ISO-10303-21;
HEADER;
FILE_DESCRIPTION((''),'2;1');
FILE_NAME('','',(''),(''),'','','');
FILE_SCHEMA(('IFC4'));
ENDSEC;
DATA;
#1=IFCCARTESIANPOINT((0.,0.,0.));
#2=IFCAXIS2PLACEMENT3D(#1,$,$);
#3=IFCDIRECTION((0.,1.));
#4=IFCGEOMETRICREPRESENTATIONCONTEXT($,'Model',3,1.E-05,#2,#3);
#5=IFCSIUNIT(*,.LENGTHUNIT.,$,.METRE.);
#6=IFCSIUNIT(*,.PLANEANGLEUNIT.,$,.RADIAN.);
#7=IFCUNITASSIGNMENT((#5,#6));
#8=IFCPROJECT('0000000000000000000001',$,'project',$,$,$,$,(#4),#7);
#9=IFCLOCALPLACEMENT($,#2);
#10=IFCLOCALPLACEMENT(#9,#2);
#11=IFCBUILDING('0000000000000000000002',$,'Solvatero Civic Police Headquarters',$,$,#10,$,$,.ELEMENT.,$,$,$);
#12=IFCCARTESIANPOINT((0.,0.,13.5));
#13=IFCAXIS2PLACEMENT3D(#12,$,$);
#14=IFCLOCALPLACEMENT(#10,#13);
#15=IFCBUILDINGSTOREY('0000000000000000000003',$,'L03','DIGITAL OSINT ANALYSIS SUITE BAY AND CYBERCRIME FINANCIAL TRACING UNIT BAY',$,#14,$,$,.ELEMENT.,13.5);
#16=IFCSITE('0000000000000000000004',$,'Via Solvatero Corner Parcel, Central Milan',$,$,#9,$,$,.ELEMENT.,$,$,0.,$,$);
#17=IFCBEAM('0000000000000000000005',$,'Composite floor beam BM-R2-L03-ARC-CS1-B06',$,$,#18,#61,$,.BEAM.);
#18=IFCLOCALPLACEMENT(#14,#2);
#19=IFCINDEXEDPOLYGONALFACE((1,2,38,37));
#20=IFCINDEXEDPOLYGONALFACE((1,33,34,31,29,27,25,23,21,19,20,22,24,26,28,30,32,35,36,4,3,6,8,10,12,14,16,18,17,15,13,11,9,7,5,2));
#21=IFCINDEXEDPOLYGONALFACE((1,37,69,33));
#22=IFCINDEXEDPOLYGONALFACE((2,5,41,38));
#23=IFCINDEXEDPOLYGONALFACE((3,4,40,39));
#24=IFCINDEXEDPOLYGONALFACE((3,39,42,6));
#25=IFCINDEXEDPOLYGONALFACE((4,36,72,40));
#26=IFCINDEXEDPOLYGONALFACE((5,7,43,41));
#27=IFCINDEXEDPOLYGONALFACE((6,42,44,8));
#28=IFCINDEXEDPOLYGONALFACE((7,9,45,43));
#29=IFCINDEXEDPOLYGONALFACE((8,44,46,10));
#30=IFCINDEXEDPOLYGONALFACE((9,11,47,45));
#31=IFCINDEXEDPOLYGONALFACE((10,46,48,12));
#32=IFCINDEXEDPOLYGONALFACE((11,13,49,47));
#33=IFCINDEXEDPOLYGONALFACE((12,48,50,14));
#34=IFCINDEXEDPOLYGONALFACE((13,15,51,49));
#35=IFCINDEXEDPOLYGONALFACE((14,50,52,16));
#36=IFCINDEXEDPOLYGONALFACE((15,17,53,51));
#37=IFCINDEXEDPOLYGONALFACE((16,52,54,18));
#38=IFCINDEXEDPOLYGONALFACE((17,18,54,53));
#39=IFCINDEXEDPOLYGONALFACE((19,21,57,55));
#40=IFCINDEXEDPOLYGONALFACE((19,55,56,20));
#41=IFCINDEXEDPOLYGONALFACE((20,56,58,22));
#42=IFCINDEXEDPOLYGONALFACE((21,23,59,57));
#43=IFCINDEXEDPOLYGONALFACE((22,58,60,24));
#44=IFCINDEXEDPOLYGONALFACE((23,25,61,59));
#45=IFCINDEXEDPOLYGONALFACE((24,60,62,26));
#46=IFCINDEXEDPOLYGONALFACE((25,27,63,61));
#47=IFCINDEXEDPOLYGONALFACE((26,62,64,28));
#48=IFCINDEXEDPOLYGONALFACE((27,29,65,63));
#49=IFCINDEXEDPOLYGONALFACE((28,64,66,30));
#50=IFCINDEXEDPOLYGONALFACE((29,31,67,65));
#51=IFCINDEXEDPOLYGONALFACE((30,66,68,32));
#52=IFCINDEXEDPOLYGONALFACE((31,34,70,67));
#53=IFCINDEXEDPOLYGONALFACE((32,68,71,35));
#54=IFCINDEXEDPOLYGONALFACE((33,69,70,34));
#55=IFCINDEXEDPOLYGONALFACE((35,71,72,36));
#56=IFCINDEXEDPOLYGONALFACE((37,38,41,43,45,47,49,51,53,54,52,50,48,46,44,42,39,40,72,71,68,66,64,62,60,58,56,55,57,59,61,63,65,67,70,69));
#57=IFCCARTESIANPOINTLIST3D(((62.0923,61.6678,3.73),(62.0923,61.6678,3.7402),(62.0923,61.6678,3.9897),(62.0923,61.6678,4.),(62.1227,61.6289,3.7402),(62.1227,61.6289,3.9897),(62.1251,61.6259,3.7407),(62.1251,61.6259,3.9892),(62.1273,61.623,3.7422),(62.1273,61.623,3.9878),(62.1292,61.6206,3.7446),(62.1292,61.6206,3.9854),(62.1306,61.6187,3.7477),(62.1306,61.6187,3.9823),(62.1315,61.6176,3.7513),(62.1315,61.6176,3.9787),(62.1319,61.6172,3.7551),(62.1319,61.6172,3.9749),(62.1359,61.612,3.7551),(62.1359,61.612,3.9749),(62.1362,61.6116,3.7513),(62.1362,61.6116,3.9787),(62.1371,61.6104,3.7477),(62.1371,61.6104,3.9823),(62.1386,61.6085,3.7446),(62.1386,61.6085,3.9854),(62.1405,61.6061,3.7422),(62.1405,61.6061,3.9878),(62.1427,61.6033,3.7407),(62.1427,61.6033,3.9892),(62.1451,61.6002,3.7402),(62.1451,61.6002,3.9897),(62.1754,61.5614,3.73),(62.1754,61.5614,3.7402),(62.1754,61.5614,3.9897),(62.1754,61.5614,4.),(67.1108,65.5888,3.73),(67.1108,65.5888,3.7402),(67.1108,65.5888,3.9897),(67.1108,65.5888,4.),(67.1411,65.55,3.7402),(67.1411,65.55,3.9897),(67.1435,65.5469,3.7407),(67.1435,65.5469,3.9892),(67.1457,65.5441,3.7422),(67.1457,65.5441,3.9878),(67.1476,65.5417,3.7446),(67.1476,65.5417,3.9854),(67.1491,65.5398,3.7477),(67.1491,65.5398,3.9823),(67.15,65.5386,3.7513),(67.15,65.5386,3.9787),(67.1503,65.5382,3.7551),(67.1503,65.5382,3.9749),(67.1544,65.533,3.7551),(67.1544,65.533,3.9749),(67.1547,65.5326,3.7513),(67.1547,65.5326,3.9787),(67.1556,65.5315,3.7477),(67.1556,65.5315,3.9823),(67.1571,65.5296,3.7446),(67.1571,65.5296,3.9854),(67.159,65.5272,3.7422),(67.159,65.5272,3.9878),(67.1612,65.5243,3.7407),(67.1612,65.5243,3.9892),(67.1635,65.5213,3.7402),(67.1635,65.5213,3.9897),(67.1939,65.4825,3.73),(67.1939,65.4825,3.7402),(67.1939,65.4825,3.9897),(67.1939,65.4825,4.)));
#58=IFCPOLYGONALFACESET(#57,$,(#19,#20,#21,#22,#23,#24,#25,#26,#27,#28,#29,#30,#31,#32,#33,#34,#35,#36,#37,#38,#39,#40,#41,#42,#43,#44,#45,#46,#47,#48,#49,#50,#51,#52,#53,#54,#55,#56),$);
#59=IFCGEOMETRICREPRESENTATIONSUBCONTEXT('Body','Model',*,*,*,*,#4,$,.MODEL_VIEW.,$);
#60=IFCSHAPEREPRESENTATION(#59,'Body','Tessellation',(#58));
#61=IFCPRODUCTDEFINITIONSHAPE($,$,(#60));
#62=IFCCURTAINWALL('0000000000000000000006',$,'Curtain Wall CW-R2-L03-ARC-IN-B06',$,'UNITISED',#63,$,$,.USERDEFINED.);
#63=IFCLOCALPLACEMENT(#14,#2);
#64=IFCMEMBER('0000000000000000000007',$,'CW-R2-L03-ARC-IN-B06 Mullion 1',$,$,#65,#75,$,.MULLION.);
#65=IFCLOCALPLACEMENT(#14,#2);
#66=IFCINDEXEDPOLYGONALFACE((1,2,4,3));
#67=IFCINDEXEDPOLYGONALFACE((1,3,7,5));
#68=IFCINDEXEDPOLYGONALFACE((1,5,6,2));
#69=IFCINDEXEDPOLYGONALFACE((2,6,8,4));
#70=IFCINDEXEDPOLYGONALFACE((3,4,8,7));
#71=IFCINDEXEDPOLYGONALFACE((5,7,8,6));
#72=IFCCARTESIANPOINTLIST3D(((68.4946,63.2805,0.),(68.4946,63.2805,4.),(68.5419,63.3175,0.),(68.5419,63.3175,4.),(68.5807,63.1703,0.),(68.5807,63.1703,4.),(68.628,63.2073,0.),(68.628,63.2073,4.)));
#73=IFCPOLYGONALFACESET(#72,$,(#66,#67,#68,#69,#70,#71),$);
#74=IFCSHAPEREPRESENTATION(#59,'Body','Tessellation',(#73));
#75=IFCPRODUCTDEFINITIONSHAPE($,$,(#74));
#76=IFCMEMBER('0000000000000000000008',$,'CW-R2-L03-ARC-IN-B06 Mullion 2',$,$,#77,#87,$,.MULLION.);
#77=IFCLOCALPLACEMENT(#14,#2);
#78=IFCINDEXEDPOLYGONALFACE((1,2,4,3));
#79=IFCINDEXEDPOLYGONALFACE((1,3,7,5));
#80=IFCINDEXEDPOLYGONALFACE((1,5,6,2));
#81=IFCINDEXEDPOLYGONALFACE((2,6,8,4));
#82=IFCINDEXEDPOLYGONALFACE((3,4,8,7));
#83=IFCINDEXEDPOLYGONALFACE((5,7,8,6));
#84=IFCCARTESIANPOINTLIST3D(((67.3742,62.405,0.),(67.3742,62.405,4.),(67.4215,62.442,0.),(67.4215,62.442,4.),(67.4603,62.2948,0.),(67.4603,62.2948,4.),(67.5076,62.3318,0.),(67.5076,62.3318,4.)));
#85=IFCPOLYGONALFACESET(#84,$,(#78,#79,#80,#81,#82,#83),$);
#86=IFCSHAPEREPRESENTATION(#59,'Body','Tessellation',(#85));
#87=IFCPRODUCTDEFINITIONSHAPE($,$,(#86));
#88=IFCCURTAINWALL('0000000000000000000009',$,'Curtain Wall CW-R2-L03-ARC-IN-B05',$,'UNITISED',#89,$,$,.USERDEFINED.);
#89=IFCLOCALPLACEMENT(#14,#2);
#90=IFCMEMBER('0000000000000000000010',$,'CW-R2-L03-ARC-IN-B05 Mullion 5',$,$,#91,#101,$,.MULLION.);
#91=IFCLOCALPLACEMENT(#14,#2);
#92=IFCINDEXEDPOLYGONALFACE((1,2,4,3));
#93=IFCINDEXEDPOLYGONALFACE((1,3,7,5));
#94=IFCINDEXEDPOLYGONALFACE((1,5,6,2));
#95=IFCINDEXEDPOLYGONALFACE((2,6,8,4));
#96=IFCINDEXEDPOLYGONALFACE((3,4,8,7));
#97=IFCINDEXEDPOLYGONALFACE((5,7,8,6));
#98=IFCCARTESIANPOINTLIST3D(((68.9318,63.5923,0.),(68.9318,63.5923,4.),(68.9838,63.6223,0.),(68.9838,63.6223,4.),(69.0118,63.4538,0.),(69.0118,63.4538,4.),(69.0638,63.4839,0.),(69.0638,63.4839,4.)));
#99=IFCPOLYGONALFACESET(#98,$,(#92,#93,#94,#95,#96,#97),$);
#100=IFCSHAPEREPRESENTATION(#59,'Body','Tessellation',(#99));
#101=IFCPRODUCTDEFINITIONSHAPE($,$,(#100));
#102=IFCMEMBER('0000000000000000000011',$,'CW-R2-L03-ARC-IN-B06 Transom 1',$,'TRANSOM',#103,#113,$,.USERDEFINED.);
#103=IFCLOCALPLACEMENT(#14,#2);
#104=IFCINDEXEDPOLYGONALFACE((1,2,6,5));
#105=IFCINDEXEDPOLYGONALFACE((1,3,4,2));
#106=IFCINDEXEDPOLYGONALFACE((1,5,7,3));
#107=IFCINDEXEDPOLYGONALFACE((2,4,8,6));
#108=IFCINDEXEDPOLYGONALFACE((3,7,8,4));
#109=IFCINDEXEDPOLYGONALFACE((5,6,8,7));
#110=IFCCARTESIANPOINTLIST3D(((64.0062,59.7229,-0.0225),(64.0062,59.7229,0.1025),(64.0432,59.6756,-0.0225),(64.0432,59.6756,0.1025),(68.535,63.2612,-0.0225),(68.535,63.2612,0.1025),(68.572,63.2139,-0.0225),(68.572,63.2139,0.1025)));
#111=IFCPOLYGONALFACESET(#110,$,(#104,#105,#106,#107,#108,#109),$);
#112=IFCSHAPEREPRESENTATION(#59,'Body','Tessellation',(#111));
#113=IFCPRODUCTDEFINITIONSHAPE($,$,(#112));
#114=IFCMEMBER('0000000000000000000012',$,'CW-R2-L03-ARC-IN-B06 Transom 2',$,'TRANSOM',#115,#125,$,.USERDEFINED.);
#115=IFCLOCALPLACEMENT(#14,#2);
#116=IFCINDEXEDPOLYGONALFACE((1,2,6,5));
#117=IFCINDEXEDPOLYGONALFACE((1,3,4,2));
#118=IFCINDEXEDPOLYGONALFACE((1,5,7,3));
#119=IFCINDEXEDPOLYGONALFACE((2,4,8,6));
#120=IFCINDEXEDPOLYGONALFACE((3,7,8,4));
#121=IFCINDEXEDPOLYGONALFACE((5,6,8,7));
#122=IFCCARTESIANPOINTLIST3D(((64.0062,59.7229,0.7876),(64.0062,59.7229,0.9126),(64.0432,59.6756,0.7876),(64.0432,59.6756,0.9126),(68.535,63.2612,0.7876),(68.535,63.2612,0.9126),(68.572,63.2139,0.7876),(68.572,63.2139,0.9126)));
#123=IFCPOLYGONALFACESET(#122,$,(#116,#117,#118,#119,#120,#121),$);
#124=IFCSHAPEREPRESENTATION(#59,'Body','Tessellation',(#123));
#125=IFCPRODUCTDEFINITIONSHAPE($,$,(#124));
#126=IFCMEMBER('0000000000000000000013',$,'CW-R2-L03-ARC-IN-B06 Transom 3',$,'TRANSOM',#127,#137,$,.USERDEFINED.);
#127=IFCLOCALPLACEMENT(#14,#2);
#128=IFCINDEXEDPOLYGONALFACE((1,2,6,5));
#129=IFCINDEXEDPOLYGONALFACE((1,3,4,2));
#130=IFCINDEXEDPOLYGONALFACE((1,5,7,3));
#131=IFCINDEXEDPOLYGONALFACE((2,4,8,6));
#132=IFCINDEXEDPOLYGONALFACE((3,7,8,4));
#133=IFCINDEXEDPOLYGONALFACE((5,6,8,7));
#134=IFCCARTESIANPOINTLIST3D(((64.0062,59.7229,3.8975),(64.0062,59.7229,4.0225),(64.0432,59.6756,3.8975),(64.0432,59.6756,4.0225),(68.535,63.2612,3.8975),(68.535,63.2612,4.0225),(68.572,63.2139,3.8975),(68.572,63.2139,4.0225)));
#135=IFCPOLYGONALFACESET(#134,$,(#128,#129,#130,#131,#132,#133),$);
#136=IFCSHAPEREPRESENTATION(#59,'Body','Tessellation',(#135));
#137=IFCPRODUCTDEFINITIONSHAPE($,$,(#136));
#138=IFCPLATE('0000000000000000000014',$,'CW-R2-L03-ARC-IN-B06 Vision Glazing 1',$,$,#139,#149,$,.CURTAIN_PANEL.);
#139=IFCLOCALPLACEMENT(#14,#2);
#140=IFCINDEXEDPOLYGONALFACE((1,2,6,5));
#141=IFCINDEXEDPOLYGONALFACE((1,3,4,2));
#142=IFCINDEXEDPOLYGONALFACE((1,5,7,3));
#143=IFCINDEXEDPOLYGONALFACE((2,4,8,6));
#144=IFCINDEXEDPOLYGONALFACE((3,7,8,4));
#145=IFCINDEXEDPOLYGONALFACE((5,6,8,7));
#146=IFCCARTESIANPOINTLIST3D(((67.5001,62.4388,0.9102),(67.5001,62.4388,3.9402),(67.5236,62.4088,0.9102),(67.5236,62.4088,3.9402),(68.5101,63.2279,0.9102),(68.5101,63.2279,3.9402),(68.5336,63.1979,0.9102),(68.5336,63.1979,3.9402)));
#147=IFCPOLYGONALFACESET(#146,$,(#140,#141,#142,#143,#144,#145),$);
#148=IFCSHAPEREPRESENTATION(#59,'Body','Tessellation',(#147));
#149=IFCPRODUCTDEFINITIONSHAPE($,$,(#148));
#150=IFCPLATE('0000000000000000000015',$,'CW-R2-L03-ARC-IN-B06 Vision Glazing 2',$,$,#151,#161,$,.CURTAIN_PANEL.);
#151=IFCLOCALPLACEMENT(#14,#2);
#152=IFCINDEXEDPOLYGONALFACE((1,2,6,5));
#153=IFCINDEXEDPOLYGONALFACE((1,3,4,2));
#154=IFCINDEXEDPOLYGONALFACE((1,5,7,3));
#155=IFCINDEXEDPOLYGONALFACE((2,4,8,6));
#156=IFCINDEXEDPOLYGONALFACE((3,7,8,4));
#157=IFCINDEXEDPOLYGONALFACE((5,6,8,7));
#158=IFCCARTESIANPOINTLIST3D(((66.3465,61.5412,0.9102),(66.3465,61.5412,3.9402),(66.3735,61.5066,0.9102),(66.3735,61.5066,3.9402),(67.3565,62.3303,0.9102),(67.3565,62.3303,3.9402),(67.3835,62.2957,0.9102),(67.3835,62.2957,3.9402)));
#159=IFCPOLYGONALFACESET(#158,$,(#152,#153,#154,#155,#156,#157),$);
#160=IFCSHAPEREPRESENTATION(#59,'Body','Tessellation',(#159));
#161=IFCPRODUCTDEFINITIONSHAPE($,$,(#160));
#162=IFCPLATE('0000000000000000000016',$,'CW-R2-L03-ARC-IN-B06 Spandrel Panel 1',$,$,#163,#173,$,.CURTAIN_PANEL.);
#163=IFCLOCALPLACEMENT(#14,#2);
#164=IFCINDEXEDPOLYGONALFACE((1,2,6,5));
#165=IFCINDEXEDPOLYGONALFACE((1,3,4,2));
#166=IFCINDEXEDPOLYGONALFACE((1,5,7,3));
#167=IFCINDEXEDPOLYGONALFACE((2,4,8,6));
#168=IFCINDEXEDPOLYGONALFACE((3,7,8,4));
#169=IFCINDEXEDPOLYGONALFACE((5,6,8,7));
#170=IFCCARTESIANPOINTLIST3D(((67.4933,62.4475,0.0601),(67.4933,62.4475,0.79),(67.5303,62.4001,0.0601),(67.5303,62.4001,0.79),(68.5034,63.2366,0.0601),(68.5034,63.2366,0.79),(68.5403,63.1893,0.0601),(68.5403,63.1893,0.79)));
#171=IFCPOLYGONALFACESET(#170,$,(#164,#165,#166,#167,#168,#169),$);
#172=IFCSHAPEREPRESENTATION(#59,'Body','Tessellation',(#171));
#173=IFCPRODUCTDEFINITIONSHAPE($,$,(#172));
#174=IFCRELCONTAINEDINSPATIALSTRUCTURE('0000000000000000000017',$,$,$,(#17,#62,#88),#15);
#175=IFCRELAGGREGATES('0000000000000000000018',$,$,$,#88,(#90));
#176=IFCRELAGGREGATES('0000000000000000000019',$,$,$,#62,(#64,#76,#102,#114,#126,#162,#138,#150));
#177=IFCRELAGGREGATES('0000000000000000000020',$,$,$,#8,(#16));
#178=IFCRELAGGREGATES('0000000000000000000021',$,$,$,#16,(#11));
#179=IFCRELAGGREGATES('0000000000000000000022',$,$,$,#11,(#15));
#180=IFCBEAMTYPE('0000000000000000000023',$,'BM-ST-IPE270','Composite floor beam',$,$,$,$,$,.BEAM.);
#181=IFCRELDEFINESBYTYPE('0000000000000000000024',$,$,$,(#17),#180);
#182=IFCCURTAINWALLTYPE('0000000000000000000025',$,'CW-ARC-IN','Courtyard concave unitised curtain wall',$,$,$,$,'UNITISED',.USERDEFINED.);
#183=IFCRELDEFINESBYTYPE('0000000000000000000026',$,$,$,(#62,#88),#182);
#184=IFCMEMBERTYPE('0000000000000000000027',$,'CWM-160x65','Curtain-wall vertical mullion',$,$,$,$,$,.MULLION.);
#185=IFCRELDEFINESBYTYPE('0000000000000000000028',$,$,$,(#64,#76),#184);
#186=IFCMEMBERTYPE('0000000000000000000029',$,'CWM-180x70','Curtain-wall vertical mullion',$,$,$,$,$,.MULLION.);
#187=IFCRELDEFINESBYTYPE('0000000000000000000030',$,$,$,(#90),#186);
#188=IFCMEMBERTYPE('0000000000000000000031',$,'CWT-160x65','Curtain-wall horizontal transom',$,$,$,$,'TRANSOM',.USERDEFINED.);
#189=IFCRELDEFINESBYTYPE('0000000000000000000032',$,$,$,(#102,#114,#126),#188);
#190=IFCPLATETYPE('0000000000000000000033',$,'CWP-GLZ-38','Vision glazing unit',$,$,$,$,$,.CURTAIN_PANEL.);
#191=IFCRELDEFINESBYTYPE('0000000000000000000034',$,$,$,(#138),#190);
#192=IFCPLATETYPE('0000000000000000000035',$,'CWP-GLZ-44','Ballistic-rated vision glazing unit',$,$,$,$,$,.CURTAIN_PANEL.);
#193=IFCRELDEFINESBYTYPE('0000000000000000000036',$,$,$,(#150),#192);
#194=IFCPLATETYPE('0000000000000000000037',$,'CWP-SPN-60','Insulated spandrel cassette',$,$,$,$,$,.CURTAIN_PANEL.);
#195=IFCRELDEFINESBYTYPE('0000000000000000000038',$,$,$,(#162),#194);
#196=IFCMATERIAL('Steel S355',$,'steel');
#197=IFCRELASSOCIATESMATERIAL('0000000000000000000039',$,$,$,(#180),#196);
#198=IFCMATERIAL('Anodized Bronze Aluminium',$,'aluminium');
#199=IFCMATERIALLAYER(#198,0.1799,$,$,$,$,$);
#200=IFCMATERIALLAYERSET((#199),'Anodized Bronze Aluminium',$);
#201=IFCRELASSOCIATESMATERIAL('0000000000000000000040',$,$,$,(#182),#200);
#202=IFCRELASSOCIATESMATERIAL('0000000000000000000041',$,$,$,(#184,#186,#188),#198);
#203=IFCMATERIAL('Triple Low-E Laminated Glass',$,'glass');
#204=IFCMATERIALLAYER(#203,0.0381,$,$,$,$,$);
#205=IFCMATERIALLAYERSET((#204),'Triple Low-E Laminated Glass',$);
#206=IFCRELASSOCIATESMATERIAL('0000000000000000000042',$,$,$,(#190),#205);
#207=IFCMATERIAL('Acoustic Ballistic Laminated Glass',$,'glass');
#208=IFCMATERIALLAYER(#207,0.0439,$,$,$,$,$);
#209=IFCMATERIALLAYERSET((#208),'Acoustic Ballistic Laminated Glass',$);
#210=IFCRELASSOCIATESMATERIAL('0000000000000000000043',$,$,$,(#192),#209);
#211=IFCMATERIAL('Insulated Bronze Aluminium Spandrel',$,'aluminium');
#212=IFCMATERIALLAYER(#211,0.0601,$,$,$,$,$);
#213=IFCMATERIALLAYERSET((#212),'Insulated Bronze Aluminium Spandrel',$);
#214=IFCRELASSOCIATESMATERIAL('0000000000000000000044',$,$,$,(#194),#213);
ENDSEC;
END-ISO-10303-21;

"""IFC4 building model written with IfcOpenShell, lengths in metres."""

from ifc_helpers import new_model, si_unit, direction, frame, origin, origin_2d, place, context, subcontext, project, spatial, rectangle, i_section, extrude, material, layer, layer_set, material_profile, profile_set, type_object, element, aggregate, save


model = new_model("IFC4")

# Units and contexts
model_context = context("Model", 3, precision=1e-05, world=origin(), true_north=direction((0.0, 1.0)))
body_context = subcontext(model_context, "Body", "Model", "MODEL_VIEW")
ifc_project = project(units=[si_unit("LENGTHUNIT", "METRE"), si_unit("PLANEANGLEUNIT", "RADIAN")], contexts=[model_context])

# Site, building, storey
site_placement = place(None, origin())
site = spatial("IfcSite", under=ifc_project, at=site_placement, Name="Via Solvatero Corner Parcel, Central Milan", CompositionType="ELEMENT", RefElevation=0.0)
building_placement = place(site_placement, origin())
building = spatial("IfcBuilding", under=site, at=building_placement, Name="Solvatero Civic Police Headquarters", CompositionType="ELEMENT")
storey_placement = place(building_placement, frame((0.0, 0.0, 13.5)))
storey = spatial("IfcBuildingStorey", under=building, at=storey_placement, Name="L03", Description="DIGITAL OSINT ANALYSIS SUITE BAY AND CYBERCRIME FINANCIAL TRACING UNIT BAY", CompositionType="ELEMENT", Elevation=13.5)

# Shared definitions
ifc_material_1 = material(Name="Steel S355", Category="steel")

# Beam
ifc_material_profile_1 = material_profile(ifc_material_1, i_section(OverallWidth=0.135, OverallDepth=0.27, WebThickness=0.0066, FlangeThickness=0.0103, FilletRadius=0.0149, at=origin_2d()), Name="IPE 270")
ifc_profile_set_1 = profile_set([ifc_material_profile_1], Name="Steel S355")
beam_type_1 = type_object("IfcBeamType", Name="BM-ST-IPE270", Description="Composite floor beam", PredefinedType="BEAM", material=ifc_profile_set_1)
beam_1_placement = place(storey_placement, frame((67.1523, 65.5356, 3.865), z_axis=(-0.787994, -0.615683, 0.0), x_axis=(0.615683, -0.787994, 0.0)))
element("IfcBeam", 1, at=beam_1_placement, inside=storey, type_object=beam_type_1, Name="Composite floor beam BM-R2-L03-ARC-CS1-B06", PredefinedType="BEAM", context=body_context, shape_type="SweptSolid", body=[
    extrude(i_section(OverallWidth=0.135, OverallDepth=0.27, WebThickness=0.0066, FlangeThickness=0.0103, FilletRadius=0.0149, at=origin_2d()), origin(), (0.0, 0.0, 1.0), 6.3687),
])

# Curtain wall, members
ifc_material_2 = material(Name="Anodized Bronze Aluminium", Category="aluminium")
ifc_layer_1 = layer(ifc_material_2, 0.1799)
ifc_layer_set_1 = layer_set([ifc_layer_1], Name="Anodized Bronze Aluminium")
curtain_wall_type = type_object("IfcCurtainWallType", Name="CW-ARC-IN", Description="Courtyard concave unitised curtain wall", ElementType="UNITISED", PredefinedType="USERDEFINED", material=ifc_layer_set_1)
curtain_wall_1_placement = place(storey_placement, origin())
curtain_wall_1 = element("IfcCurtainWall", 2, at=curtain_wall_1_placement, inside=storey, type_object=curtain_wall_type, Name="Curtain Wall CW-R2-L03-ARC-IN-B06", ObjectType="UNITISED", PredefinedType="USERDEFINED")
ifc_material_profile_2 = material_profile(ifc_material_2, rectangle(XDim=0.0601, YDim=0.1399, at=origin_2d()), Name="ALU MULLION 60x140")
ifc_profile_set_2 = profile_set([ifc_material_profile_2], Name="Anodized Bronze Aluminium")
member_type_1 = type_object("IfcMemberType", Name="CWM-160x65", Description="Curtain-wall vertical mullion", PredefinedType="MULLION", material=ifc_profile_set_2)
member_1_placement = place(storey_placement, frame((68.5613, 63.2439, 0.0), z_axis=(0.0, 0.0, 1.0), x_axis=(-0.788011, -0.615661, 0.0)))
member_1 = element("IfcMember", 3, at=member_1_placement, type_object=member_type_1, Name="CW-R2-L03-ARC-IN-B06 Mullion 1", PredefinedType="MULLION", context=body_context, shape_type="SweptSolid", body=[
    extrude(rectangle(XDim=0.0601, YDim=0.1399, at=origin_2d()), origin(), (0.0, 0.0, 1.0), 4.0),
])
member_2_placement = place(storey_placement, frame((67.4409, 62.3684, 0.0), z_axis=(0.0, 0.0, 1.0), x_axis=(-0.788011, -0.615661, 0.0)))
member_2 = element("IfcMember", 4, at=member_2_placement, type_object=member_type_1, Name="CW-R2-L03-ARC-IN-B06 Mullion 2", PredefinedType="MULLION", context=body_context, shape_type="SweptSolid", body=[
    extrude(rectangle(XDim=0.0601, YDim=0.1399, at=origin_2d()), origin(), (0.0, 0.0, 1.0), 4.0),
])

# Curtain wall, member
curtain_wall_2_placement = place(storey_placement, origin())
curtain_wall_2 = element("IfcCurtainWall", 5, at=curtain_wall_2_placement, inside=storey, type_object=curtain_wall_type, Name="Curtain Wall CW-R2-L03-ARC-IN-B05", ObjectType="UNITISED", PredefinedType="USERDEFINED")
ifc_material_profile_3 = material_profile(ifc_material_2, rectangle(XDim=0.0601, YDim=0.1599, at=origin_2d()), Name="ALU MULLION 60x160")
ifc_profile_set_3 = profile_set([ifc_material_profile_3], Name="Anodized Bronze Aluminium")
member_type_2 = type_object("IfcMemberType", Name="CWM-180x70", Description="Curtain-wall vertical mullion", PredefinedType="MULLION", material=ifc_profile_set_3)
member_3_placement = place(storey_placement, frame((68.9978, 63.5381, 0.0), z_axis=(0.0, 0.0, 1.0), x_axis=(-0.866025, -0.5, 0.0)))
member_3 = element("IfcMember", 6, at=member_3_placement, type_object=member_type_2, Name="CW-R2-L03-ARC-IN-B05 Mullion 5", PredefinedType="MULLION", context=body_context, shape_type="SweptSolid", body=[
    extrude(rectangle(XDim=0.0601, YDim=0.1599, at=origin_2d()), origin(), (0.0, 0.0, 1.0), 4.0),
])

# Members
ifc_material_profile_4 = material_profile(ifc_material_2, rectangle(XDim=0.0601, YDim=0.125, at=origin_2d()), Name="ALU TRANSOM 60x125")
ifc_profile_set_4 = profile_set([ifc_material_profile_4], Name="Anodized Bronze Aluminium")
member_type_3 = type_object("IfcMemberType", Name="CWT-160x65", Description="Curtain-wall horizontal transom", ElementType="TRANSOM", PredefinedType="USERDEFINED", material=ifc_profile_set_4)
member_4_placement = place(storey_placement, frame((68.5535, 63.2375, 0.04), z_axis=(-0.788008, -0.615665, 0.0), x_axis=(0.615665, -0.788008, 0.0)))
member_4 = element("IfcMember", 7, at=member_4_placement, type_object=member_type_3, Name="CW-R2-L03-ARC-IN-B06 Transom 1", ObjectType="TRANSOM", PredefinedType="USERDEFINED", context=body_context, shape_type="SweptSolid", body=[
    extrude(rectangle(XDim=0.0601, YDim=0.125, at=origin_2d()), origin(), (0.0, 0.0, 1.0), 5.7471),
])
member_5_placement = place(storey_placement, frame((68.5535, 63.2375, 0.8501), z_axis=(-0.788008, -0.615665, 0.0), x_axis=(0.615665, -0.788008, 0.0)))
member_5 = element("IfcMember", 8, at=member_5_placement, type_object=member_type_3, Name="CW-R2-L03-ARC-IN-B06 Transom 2", ObjectType="TRANSOM", PredefinedType="USERDEFINED", context=body_context, shape_type="SweptSolid", body=[
    extrude(rectangle(XDim=0.0601, YDim=0.125, at=origin_2d()), origin(), (0.0, 0.0, 1.0), 5.7471),
])
member_6_placement = place(storey_placement, frame((68.5535, 63.2375, 3.96), z_axis=(-0.788008, -0.615665, 0.0), x_axis=(0.615665, -0.788008, 0.0)))
member_6 = element("IfcMember", 9, at=member_6_placement, type_object=member_type_3, Name="CW-R2-L03-ARC-IN-B06 Transom 3", ObjectType="TRANSOM", PredefinedType="USERDEFINED", context=body_context, shape_type="SweptSolid", body=[
    extrude(rectangle(XDim=0.0601, YDim=0.125, at=origin_2d()), origin(), (0.0, 0.0, 1.0), 5.7471),
])

# Plates
ifc_material_3 = material(Name="Triple Low-E Laminated Glass", Category="glass")
ifc_layer_2 = layer(ifc_material_3, 0.0381)
ifc_layer_set_2 = layer_set([ifc_layer_2], Name="Triple Low-E Laminated Glass")
plate_type_1 = type_object("IfcPlateType", Name="CWP-GLZ-38", Description="Vision glazing unit", PredefinedType="CURTAIN_PANEL", material=ifc_layer_set_2)
plate_1_placement = place(storey_placement, frame((68.0168, 62.8184, 0.9102), z_axis=(0.0, 0.0, 1.0), x_axis=(-0.788011, -0.615661, 0.0)))
plate_1 = element("IfcPlate", 10, at=plate_1_placement, type_object=plate_type_1, Name="CW-R2-L03-ARC-IN-B06 Vision Glazing 1", PredefinedType="CURTAIN_PANEL", context=body_context, shape_type="SweptSolid", body=[
    extrude(rectangle(XDim=1.2817, YDim=0.0381, at=origin_2d()), origin(), (0.0, 0.0, 1.0), 3.03),
])
ifc_material_4 = material(Name="Acoustic Ballistic Laminated Glass", Category="glass")
ifc_layer_3 = layer(ifc_material_4, 0.0439)
ifc_layer_set_3 = layer_set([ifc_layer_3], Name="Acoustic Ballistic Laminated Glass")
plate_type_2 = type_object("IfcPlateType", Name="CWP-GLZ-44", Description="Ballistic-rated vision glazing unit", PredefinedType="CURTAIN_PANEL", material=ifc_layer_set_3)
plate_2_placement = place(storey_placement, frame((66.865, 61.9185, 0.9102), z_axis=(0.0, 0.0, 1.0), x_axis=(-0.788011, -0.615661, 0.0)))
plate_2 = element("IfcPlate", 11, at=plate_2_placement, type_object=plate_type_2, Name="CW-R2-L03-ARC-IN-B06 Vision Glazing 2", PredefinedType="CURTAIN_PANEL", context=body_context, shape_type="SweptSolid", body=[
    extrude(rectangle(XDim=1.2817, YDim=0.0439, at=origin_2d()), origin(), (0.0, 0.0, 1.0), 3.03),
])
ifc_material_5 = material(Name="Insulated Bronze Aluminium Spandrel", Category="aluminium")
ifc_layer_4 = layer(ifc_material_5, 0.0601)
ifc_layer_set_4 = layer_set([ifc_layer_4], Name="Insulated Bronze Aluminium Spandrel")
plate_type_3 = type_object("IfcPlateType", Name="CWP-SPN-60", Description="Insulated spandrel cassette", PredefinedType="CURTAIN_PANEL", material=ifc_layer_set_4)
plate_3_placement = place(storey_placement, frame((68.0168, 62.8184, 0.0601), z_axis=(0.0, 0.0, 1.0), x_axis=(-0.788011, -0.615661, 0.0)))
plate_3 = element("IfcPlate", 12, at=plate_3_placement, type_object=plate_type_3, Name="CW-R2-L03-ARC-IN-B06 Spandrel Panel 1", PredefinedType="CURTAIN_PANEL", context=body_context, shape_type="SweptSolid", body=[
    extrude(rectangle(XDim=1.2817, YDim=0.0601, at=origin_2d()), origin(), (0.0, 0.0, 1.0), 0.73),
])
aggregate(curtain_wall_2, [member_3])
aggregate(curtain_wall_1, [member_1, member_2, member_4, member_5, member_6, plate_3, plate_1, plate_2])

save(model, "model.ifc")
